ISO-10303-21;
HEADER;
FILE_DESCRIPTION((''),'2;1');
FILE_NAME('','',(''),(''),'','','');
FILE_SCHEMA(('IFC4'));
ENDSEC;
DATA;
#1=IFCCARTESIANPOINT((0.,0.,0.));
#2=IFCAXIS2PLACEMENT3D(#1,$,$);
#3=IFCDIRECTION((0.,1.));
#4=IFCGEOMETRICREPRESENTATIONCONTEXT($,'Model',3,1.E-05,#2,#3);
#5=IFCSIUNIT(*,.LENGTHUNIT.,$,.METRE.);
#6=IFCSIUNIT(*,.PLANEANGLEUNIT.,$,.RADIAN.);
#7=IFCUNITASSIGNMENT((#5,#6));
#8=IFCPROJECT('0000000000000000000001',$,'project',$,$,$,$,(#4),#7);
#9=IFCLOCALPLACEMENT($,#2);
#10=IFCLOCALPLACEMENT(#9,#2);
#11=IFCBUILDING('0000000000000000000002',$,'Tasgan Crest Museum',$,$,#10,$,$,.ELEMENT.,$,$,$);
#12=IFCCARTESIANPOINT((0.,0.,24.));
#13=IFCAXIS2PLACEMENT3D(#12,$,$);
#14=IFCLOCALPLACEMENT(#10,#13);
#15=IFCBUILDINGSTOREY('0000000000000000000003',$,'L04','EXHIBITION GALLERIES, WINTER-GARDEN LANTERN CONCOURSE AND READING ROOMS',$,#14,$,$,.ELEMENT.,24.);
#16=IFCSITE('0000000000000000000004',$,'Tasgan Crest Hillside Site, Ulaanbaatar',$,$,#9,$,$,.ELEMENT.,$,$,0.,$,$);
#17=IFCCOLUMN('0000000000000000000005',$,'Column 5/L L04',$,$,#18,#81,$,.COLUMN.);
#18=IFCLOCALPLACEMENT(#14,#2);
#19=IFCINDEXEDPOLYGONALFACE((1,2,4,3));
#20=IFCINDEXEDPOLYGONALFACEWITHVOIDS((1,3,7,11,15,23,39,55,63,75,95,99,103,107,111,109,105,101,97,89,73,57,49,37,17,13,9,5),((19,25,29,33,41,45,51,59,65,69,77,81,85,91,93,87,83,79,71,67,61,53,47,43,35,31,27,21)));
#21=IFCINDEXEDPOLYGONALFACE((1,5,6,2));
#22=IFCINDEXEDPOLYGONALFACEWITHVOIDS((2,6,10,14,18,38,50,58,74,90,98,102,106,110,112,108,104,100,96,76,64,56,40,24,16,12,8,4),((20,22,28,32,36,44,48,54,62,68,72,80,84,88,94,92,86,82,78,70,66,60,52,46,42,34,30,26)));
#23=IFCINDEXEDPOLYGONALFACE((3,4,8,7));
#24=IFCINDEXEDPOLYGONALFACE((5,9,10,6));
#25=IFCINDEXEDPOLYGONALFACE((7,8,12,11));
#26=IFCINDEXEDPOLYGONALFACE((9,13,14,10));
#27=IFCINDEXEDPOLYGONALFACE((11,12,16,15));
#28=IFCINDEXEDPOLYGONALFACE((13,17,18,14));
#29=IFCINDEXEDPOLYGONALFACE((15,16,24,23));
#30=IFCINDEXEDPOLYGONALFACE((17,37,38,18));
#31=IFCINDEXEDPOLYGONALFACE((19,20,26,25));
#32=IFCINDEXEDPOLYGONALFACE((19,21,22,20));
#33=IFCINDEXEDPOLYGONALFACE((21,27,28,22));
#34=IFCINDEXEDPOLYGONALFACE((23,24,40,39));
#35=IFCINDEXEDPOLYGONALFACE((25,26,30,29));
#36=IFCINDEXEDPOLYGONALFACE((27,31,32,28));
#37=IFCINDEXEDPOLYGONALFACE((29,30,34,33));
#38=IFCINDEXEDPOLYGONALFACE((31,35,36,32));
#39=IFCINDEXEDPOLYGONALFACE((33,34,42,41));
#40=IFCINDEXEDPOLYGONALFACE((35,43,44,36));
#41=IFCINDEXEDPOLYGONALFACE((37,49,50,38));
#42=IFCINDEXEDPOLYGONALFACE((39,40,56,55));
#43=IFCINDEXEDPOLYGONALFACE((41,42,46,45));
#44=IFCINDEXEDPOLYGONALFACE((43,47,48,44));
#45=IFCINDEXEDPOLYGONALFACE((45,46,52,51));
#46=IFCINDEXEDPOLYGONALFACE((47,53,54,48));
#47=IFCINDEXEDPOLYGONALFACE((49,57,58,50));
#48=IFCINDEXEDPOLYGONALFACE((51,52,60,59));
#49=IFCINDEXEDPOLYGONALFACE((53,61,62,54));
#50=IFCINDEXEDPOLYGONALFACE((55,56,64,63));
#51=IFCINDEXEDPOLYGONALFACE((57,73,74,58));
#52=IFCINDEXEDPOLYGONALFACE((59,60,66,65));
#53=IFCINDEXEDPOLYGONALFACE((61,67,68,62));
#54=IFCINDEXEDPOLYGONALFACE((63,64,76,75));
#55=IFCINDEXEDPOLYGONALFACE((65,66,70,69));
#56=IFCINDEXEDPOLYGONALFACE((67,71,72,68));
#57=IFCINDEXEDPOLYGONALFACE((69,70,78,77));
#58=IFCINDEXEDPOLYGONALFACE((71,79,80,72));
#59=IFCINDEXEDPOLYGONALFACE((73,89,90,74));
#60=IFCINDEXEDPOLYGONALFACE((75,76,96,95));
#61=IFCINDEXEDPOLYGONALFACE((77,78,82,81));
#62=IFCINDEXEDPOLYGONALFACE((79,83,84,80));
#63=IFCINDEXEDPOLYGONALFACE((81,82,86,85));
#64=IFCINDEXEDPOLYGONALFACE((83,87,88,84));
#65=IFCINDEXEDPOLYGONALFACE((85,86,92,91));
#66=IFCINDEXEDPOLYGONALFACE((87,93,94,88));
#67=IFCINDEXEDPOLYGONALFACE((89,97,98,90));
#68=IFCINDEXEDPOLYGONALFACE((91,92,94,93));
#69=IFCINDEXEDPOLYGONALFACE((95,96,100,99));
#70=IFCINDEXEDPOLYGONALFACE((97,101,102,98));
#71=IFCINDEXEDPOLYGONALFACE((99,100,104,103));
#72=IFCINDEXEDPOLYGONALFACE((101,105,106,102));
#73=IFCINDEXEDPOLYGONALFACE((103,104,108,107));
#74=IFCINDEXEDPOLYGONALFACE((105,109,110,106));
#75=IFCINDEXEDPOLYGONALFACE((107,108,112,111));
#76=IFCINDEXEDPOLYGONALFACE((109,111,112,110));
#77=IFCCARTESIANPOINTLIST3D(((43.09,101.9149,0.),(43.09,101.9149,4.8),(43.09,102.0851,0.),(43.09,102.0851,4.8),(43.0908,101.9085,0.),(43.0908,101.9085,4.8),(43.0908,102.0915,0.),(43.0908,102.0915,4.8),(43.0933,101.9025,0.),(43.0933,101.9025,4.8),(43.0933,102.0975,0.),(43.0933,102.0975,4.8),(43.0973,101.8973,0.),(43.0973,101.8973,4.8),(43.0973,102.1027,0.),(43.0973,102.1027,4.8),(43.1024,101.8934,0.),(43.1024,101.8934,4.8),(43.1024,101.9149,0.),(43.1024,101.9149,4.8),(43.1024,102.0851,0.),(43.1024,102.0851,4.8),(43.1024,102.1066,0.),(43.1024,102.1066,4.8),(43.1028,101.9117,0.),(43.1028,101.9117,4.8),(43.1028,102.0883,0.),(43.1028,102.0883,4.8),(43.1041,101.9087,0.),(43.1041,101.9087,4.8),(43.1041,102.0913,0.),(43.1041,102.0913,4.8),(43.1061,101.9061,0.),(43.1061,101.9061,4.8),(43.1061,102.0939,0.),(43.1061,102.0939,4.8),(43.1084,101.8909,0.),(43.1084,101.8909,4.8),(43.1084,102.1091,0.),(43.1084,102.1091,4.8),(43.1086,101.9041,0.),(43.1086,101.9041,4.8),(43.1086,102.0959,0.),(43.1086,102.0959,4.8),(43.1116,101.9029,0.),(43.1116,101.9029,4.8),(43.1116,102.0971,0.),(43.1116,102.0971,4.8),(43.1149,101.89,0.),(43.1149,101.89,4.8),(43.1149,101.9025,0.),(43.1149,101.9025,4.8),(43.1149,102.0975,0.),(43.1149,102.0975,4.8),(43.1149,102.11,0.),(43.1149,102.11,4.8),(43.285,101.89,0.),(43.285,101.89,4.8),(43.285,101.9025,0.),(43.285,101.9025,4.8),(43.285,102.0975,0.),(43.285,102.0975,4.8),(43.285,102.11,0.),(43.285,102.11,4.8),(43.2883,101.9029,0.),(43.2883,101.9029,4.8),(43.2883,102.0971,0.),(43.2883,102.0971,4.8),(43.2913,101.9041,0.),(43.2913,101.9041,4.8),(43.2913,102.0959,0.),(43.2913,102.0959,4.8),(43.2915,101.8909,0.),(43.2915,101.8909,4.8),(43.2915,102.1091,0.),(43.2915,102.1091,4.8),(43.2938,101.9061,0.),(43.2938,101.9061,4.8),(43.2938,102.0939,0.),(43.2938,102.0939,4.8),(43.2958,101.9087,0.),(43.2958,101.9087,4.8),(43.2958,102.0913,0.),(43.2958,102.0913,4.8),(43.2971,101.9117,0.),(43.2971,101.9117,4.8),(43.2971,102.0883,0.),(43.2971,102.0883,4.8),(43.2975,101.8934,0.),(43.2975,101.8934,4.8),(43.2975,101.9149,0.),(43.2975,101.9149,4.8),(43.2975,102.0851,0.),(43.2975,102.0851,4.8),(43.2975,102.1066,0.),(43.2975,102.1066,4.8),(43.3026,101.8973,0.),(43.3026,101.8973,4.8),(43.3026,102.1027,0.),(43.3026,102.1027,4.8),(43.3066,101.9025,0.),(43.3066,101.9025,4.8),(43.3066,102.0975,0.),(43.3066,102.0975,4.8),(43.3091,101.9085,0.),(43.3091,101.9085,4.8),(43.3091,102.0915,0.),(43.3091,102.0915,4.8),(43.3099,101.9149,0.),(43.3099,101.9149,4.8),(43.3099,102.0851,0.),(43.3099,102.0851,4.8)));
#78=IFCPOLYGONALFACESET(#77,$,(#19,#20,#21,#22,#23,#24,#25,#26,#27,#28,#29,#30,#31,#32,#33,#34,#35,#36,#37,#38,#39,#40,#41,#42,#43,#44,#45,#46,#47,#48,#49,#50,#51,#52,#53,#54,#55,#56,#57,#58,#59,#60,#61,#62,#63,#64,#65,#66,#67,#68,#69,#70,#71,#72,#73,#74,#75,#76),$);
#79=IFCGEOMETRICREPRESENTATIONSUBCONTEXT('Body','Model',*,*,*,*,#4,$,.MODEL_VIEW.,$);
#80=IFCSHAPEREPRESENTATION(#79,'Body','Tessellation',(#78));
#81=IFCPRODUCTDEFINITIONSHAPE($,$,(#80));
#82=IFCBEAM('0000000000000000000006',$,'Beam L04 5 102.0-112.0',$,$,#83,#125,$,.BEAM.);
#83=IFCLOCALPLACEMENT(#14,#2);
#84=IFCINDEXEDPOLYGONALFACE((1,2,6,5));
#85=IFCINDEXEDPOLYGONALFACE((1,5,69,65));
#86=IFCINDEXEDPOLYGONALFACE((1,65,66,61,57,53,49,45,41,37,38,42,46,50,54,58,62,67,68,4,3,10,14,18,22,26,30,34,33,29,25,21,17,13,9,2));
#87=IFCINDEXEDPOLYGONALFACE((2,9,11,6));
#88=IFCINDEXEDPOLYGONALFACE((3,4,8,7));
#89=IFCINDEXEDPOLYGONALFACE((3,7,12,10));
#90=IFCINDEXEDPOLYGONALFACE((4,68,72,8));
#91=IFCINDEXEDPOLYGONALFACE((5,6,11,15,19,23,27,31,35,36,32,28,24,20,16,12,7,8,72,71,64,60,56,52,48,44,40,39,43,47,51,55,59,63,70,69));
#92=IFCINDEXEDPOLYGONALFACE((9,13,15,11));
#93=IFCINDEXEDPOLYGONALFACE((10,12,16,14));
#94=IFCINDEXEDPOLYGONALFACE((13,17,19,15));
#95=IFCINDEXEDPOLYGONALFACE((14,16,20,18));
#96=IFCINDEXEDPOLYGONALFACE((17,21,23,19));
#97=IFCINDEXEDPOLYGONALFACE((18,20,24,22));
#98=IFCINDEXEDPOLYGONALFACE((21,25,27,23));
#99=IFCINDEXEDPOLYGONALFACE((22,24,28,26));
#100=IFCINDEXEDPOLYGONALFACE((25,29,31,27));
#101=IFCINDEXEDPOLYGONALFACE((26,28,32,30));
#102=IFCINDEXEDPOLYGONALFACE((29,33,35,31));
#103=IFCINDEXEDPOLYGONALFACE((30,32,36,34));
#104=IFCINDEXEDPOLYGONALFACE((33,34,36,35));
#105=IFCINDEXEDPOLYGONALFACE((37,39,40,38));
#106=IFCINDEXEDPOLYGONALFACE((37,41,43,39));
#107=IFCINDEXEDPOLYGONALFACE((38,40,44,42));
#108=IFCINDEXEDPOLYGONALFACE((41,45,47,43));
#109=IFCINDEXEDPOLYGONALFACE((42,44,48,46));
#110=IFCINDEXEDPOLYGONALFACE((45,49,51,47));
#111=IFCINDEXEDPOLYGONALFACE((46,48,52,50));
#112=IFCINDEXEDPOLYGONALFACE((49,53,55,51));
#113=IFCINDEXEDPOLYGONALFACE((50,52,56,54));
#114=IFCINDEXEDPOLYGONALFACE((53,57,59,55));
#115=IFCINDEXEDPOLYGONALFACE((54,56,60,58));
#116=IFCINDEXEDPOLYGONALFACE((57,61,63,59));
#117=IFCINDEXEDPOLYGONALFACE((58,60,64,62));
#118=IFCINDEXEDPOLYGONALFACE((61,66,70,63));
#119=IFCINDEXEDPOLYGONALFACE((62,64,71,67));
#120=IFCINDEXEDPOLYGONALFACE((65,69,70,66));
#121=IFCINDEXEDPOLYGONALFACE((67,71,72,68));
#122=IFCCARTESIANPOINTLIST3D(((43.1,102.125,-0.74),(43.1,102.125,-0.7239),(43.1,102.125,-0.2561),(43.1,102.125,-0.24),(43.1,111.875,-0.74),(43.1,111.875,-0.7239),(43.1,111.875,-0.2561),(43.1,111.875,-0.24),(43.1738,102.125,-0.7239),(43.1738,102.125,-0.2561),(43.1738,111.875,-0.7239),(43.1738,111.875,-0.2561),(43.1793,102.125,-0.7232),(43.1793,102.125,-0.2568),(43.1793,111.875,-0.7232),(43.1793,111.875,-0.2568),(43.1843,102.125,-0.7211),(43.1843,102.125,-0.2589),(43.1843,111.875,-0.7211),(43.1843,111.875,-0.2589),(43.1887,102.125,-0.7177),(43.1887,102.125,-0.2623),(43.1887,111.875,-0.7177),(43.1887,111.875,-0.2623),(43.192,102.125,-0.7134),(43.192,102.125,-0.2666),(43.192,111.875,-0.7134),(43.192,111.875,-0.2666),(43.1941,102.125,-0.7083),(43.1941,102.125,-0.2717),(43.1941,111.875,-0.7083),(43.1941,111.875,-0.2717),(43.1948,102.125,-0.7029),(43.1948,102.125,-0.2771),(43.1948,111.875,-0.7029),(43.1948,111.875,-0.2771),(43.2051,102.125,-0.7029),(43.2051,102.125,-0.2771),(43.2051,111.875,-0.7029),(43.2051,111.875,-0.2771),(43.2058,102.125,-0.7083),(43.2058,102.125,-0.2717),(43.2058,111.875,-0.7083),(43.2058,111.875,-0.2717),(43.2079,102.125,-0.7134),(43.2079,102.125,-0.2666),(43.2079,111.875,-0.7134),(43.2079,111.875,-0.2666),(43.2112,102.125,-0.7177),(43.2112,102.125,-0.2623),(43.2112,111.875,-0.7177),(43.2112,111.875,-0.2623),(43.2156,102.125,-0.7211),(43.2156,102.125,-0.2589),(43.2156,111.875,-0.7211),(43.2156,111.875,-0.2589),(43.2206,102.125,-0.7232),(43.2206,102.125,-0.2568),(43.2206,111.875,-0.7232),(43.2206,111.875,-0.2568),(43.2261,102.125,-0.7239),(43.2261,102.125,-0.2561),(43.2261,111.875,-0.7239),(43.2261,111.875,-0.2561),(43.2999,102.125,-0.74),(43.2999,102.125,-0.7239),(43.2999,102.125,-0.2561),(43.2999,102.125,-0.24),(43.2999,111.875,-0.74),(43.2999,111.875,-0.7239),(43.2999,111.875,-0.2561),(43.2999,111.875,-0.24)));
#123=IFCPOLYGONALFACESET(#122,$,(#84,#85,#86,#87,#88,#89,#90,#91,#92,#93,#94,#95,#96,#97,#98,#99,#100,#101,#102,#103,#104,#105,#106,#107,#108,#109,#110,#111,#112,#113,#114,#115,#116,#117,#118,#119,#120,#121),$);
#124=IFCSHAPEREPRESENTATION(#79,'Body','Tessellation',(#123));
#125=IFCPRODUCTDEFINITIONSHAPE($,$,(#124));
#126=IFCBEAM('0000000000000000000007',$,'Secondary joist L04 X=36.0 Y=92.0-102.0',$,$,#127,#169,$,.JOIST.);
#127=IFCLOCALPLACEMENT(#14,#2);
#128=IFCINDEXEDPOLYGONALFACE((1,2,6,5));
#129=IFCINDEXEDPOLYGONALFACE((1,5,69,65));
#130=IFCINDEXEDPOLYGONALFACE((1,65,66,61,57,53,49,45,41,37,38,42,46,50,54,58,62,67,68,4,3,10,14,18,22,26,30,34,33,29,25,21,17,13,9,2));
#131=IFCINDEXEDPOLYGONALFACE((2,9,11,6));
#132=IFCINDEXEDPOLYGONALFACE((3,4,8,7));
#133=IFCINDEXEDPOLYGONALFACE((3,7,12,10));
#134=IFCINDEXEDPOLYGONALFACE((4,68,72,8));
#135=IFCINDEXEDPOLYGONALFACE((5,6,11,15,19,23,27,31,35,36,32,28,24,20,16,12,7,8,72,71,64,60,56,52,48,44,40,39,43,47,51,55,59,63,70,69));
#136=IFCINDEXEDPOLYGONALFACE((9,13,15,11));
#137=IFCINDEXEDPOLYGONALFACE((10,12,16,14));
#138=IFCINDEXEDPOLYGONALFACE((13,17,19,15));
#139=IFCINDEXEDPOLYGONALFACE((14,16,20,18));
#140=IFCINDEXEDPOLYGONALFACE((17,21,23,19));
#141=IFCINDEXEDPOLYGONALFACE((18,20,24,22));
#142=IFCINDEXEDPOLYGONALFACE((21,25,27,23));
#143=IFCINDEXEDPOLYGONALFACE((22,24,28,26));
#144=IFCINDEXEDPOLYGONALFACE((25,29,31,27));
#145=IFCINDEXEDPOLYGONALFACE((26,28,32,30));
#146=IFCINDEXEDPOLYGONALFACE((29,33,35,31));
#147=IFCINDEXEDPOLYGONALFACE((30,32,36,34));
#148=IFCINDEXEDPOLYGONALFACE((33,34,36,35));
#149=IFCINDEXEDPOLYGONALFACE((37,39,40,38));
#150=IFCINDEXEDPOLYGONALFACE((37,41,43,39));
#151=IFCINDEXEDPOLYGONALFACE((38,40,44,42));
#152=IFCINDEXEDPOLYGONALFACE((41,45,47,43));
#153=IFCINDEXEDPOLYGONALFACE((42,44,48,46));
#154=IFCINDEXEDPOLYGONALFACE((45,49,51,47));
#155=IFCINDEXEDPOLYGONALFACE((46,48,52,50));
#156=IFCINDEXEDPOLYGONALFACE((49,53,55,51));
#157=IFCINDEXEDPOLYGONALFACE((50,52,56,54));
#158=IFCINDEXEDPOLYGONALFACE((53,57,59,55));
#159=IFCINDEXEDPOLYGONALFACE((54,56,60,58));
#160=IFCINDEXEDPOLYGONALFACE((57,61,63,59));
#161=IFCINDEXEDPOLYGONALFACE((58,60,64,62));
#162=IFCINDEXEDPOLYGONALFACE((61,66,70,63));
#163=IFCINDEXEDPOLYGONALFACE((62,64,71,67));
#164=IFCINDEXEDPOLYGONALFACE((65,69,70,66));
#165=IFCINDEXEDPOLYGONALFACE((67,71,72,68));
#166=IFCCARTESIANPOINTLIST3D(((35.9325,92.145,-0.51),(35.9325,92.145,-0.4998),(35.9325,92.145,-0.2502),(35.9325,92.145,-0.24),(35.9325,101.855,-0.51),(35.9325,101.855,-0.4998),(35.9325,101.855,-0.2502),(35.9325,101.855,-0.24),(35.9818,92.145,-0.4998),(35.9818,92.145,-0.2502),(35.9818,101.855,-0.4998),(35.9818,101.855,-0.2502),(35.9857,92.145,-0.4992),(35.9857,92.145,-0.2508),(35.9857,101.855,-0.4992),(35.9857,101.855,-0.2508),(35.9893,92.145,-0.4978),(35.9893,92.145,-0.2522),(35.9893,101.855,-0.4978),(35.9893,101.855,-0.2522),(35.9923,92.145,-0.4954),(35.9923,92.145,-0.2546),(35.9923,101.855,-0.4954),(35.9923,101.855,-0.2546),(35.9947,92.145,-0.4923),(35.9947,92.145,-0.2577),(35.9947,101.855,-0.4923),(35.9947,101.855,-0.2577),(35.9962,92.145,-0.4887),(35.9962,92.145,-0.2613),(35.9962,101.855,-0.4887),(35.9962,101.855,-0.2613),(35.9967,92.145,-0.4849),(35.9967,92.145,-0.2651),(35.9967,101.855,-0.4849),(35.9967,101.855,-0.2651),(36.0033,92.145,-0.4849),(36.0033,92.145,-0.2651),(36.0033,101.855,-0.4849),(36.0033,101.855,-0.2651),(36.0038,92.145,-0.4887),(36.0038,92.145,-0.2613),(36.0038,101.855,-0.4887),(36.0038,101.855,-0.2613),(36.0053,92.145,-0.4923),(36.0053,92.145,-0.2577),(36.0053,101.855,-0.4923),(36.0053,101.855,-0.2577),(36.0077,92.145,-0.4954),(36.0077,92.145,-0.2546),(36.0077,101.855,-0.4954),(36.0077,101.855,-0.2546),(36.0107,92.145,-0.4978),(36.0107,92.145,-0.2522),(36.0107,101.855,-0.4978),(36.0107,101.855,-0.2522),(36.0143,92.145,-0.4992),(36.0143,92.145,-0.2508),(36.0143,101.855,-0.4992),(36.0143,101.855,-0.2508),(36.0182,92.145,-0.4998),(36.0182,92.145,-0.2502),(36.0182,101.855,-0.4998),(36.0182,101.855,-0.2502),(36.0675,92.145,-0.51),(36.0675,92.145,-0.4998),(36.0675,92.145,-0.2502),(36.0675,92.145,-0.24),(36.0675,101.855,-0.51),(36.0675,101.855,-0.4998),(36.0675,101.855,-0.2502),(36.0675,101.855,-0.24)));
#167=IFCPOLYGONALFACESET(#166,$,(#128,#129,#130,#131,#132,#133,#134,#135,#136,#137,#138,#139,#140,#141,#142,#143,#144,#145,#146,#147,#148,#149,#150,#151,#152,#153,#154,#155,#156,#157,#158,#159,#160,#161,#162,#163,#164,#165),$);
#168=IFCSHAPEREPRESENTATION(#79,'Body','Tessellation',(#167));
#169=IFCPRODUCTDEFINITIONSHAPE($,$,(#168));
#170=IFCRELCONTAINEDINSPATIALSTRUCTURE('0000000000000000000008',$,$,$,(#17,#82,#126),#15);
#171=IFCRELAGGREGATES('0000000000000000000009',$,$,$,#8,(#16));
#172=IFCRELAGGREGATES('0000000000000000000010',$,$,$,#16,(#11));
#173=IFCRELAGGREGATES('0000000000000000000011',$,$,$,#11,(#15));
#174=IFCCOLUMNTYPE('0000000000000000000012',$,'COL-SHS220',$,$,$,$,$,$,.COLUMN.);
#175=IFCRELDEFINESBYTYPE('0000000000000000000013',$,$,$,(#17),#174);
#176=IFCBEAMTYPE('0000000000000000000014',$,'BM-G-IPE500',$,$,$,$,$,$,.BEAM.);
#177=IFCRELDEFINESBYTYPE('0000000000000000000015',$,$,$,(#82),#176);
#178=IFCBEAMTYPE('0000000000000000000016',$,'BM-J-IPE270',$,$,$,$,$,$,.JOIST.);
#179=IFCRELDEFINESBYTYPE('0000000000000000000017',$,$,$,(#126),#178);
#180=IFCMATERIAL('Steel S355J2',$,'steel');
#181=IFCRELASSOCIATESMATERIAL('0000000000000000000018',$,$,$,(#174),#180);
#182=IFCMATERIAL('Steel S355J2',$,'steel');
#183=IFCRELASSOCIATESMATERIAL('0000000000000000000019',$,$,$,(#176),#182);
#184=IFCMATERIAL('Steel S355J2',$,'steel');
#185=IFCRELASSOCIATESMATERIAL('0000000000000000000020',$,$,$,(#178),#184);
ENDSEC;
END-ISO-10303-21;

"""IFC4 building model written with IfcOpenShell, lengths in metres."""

from ifc_helpers import new_model, si_unit, direction, frame, origin, origin_2d, place, context, subcontext, project, spatial, hollow_rectangle, i_section, extrude, material, material_profile, profile_set, type_object, element, save


model = new_model("IFC4")

# Units and contexts
model_context = context("Model", 3, precision=1e-05, world=origin(), true_north=direction((0.0, 1.0)))
body_context = subcontext(model_context, "Body", "Model", "MODEL_VIEW")
ifc_project = project(units=[si_unit("LENGTHUNIT", "METRE"), si_unit("PLANEANGLEUNIT", "RADIAN")], contexts=[model_context])

# Site, building, storey
site_placement = place(None, origin())
site = spatial("IfcSite", under=ifc_project, at=site_placement, Name="Tasgan Crest Hillside Site, Ulaanbaatar", CompositionType="ELEMENT", RefElevation=0.0)
building_placement = place(site_placement, origin())
building = spatial("IfcBuilding", under=site, at=building_placement, Name="Tasgan Crest Museum", CompositionType="ELEMENT")
storey_placement = place(building_placement, frame((0.0, 0.0, 24.0)))
storey = spatial("IfcBuildingStorey", under=building, at=storey_placement, Name="L04", Description="EXHIBITION GALLERIES, WINTER-GARDEN LANTERN CONCOURSE AND READING ROOMS", CompositionType="ELEMENT", Elevation=24.0)

# Column
ifc_material_1 = material(Name="Steel S355J2", Category="steel")
ifc_material_profile_1 = material_profile(ifc_material_1, hollow_rectangle(XDim=0.22, YDim=0.22, WallThickness=0.0125, InnerFilletRadius=0.0125, OuterFilletRadius=0.0249, at=origin_2d()), Name="SHS 220x220x12.5")
ifc_profile_set_1 = profile_set([ifc_material_profile_1], Name="Steel S355J2")
column_type = type_object("IfcColumnType", Name="COL-SHS220", PredefinedType="COLUMN", material=ifc_profile_set_1)
column_placement = place(storey_placement, frame((43.2, 102.0, 0.0), z_axis=(0.0, 0.0, 1.0), x_axis=(1.0, 0.0, 0.0)))
element("IfcColumn", 1, at=column_placement, inside=storey, type_object=column_type, Name="Column 5/L L04", PredefinedType="COLUMN", context=body_context, shape_type="SweptSolid", body=[
    extrude(hollow_rectangle(XDim=0.22, YDim=0.22, WallThickness=0.0125, InnerFilletRadius=0.0125, OuterFilletRadius=0.0249, at=origin_2d()), origin(), (0.0, 0.0, 1.0), 4.8),
])

# Beams
ifc_material_2 = material(Name="Steel S355J2", Category="steel")
ifc_material_profile_2 = material_profile(ifc_material_2, i_section(OverallWidth=0.2, OverallDepth=0.5, WebThickness=0.0103, FlangeThickness=0.0161, FilletRadius=0.021, at=origin_2d()), Name="IPE 500")
ifc_profile_set_2 = profile_set([ifc_material_profile_2], Name="Steel S355J2")
beam_type_1 = type_object("IfcBeamType", Name="BM-G-IPE500", PredefinedType="BEAM", material=ifc_profile_set_2)
beam_placement = place(storey_placement, frame((43.2, 102.125, -0.49), z_axis=(0.0, 1.0, 0.0), x_axis=(-1.0, 0.0, 0.0)))
element("IfcBeam", 2, at=beam_placement, inside=storey, type_object=beam_type_1, Name="Beam L04 5 102.0-112.0", PredefinedType="BEAM", context=body_context, shape_type="SweptSolid", body=[
    extrude(i_section(OverallWidth=0.2, OverallDepth=0.5, WebThickness=0.0103, FlangeThickness=0.0161, FilletRadius=0.021, at=origin_2d()), origin(), (0.0, 0.0, 1.0), 9.75),
])
ifc_material_3 = material(Name="Steel S355J2", Category="steel")
ifc_material_profile_3 = material_profile(ifc_material_3, i_section(OverallWidth=0.135, OverallDepth=0.27, WebThickness=0.0066, FlangeThickness=0.0103, FilletRadius=0.0149, at=origin_2d()), Name="IPE 270")
ifc_profile_set_3 = profile_set([ifc_material_profile_3], Name="Steel S355J2")
beam_type_2 = type_object("IfcBeamType", Name="BM-J-IPE270", PredefinedType="JOIST", material=ifc_profile_set_3)
for number, where, z_axis, x_axis, name in (
    (3, (36.0, 92.145, -0.375), (0.0, 1.0, 0.0), (-1.0, 0.0, 0.0), "Secondary joist L04 X=36.0 Y=92.0-102.0"),
):
    element("IfcBeam", number, at=place(storey_placement, frame(where, z_axis=z_axis, x_axis=x_axis)), inside=storey, type_object=beam_type_2, Name=name, PredefinedType="JOIST", context=body_context, shape_type="SweptSolid", body=[
        extrude(i_section(OverallWidth=0.135, OverallDepth=0.27, WebThickness=0.0066, FlangeThickness=0.0103, FilletRadius=0.0149, at=origin_2d()), origin(), (0.0, 0.0, 1.0), 9.71),
    ])

save(model, "model.ifc")
